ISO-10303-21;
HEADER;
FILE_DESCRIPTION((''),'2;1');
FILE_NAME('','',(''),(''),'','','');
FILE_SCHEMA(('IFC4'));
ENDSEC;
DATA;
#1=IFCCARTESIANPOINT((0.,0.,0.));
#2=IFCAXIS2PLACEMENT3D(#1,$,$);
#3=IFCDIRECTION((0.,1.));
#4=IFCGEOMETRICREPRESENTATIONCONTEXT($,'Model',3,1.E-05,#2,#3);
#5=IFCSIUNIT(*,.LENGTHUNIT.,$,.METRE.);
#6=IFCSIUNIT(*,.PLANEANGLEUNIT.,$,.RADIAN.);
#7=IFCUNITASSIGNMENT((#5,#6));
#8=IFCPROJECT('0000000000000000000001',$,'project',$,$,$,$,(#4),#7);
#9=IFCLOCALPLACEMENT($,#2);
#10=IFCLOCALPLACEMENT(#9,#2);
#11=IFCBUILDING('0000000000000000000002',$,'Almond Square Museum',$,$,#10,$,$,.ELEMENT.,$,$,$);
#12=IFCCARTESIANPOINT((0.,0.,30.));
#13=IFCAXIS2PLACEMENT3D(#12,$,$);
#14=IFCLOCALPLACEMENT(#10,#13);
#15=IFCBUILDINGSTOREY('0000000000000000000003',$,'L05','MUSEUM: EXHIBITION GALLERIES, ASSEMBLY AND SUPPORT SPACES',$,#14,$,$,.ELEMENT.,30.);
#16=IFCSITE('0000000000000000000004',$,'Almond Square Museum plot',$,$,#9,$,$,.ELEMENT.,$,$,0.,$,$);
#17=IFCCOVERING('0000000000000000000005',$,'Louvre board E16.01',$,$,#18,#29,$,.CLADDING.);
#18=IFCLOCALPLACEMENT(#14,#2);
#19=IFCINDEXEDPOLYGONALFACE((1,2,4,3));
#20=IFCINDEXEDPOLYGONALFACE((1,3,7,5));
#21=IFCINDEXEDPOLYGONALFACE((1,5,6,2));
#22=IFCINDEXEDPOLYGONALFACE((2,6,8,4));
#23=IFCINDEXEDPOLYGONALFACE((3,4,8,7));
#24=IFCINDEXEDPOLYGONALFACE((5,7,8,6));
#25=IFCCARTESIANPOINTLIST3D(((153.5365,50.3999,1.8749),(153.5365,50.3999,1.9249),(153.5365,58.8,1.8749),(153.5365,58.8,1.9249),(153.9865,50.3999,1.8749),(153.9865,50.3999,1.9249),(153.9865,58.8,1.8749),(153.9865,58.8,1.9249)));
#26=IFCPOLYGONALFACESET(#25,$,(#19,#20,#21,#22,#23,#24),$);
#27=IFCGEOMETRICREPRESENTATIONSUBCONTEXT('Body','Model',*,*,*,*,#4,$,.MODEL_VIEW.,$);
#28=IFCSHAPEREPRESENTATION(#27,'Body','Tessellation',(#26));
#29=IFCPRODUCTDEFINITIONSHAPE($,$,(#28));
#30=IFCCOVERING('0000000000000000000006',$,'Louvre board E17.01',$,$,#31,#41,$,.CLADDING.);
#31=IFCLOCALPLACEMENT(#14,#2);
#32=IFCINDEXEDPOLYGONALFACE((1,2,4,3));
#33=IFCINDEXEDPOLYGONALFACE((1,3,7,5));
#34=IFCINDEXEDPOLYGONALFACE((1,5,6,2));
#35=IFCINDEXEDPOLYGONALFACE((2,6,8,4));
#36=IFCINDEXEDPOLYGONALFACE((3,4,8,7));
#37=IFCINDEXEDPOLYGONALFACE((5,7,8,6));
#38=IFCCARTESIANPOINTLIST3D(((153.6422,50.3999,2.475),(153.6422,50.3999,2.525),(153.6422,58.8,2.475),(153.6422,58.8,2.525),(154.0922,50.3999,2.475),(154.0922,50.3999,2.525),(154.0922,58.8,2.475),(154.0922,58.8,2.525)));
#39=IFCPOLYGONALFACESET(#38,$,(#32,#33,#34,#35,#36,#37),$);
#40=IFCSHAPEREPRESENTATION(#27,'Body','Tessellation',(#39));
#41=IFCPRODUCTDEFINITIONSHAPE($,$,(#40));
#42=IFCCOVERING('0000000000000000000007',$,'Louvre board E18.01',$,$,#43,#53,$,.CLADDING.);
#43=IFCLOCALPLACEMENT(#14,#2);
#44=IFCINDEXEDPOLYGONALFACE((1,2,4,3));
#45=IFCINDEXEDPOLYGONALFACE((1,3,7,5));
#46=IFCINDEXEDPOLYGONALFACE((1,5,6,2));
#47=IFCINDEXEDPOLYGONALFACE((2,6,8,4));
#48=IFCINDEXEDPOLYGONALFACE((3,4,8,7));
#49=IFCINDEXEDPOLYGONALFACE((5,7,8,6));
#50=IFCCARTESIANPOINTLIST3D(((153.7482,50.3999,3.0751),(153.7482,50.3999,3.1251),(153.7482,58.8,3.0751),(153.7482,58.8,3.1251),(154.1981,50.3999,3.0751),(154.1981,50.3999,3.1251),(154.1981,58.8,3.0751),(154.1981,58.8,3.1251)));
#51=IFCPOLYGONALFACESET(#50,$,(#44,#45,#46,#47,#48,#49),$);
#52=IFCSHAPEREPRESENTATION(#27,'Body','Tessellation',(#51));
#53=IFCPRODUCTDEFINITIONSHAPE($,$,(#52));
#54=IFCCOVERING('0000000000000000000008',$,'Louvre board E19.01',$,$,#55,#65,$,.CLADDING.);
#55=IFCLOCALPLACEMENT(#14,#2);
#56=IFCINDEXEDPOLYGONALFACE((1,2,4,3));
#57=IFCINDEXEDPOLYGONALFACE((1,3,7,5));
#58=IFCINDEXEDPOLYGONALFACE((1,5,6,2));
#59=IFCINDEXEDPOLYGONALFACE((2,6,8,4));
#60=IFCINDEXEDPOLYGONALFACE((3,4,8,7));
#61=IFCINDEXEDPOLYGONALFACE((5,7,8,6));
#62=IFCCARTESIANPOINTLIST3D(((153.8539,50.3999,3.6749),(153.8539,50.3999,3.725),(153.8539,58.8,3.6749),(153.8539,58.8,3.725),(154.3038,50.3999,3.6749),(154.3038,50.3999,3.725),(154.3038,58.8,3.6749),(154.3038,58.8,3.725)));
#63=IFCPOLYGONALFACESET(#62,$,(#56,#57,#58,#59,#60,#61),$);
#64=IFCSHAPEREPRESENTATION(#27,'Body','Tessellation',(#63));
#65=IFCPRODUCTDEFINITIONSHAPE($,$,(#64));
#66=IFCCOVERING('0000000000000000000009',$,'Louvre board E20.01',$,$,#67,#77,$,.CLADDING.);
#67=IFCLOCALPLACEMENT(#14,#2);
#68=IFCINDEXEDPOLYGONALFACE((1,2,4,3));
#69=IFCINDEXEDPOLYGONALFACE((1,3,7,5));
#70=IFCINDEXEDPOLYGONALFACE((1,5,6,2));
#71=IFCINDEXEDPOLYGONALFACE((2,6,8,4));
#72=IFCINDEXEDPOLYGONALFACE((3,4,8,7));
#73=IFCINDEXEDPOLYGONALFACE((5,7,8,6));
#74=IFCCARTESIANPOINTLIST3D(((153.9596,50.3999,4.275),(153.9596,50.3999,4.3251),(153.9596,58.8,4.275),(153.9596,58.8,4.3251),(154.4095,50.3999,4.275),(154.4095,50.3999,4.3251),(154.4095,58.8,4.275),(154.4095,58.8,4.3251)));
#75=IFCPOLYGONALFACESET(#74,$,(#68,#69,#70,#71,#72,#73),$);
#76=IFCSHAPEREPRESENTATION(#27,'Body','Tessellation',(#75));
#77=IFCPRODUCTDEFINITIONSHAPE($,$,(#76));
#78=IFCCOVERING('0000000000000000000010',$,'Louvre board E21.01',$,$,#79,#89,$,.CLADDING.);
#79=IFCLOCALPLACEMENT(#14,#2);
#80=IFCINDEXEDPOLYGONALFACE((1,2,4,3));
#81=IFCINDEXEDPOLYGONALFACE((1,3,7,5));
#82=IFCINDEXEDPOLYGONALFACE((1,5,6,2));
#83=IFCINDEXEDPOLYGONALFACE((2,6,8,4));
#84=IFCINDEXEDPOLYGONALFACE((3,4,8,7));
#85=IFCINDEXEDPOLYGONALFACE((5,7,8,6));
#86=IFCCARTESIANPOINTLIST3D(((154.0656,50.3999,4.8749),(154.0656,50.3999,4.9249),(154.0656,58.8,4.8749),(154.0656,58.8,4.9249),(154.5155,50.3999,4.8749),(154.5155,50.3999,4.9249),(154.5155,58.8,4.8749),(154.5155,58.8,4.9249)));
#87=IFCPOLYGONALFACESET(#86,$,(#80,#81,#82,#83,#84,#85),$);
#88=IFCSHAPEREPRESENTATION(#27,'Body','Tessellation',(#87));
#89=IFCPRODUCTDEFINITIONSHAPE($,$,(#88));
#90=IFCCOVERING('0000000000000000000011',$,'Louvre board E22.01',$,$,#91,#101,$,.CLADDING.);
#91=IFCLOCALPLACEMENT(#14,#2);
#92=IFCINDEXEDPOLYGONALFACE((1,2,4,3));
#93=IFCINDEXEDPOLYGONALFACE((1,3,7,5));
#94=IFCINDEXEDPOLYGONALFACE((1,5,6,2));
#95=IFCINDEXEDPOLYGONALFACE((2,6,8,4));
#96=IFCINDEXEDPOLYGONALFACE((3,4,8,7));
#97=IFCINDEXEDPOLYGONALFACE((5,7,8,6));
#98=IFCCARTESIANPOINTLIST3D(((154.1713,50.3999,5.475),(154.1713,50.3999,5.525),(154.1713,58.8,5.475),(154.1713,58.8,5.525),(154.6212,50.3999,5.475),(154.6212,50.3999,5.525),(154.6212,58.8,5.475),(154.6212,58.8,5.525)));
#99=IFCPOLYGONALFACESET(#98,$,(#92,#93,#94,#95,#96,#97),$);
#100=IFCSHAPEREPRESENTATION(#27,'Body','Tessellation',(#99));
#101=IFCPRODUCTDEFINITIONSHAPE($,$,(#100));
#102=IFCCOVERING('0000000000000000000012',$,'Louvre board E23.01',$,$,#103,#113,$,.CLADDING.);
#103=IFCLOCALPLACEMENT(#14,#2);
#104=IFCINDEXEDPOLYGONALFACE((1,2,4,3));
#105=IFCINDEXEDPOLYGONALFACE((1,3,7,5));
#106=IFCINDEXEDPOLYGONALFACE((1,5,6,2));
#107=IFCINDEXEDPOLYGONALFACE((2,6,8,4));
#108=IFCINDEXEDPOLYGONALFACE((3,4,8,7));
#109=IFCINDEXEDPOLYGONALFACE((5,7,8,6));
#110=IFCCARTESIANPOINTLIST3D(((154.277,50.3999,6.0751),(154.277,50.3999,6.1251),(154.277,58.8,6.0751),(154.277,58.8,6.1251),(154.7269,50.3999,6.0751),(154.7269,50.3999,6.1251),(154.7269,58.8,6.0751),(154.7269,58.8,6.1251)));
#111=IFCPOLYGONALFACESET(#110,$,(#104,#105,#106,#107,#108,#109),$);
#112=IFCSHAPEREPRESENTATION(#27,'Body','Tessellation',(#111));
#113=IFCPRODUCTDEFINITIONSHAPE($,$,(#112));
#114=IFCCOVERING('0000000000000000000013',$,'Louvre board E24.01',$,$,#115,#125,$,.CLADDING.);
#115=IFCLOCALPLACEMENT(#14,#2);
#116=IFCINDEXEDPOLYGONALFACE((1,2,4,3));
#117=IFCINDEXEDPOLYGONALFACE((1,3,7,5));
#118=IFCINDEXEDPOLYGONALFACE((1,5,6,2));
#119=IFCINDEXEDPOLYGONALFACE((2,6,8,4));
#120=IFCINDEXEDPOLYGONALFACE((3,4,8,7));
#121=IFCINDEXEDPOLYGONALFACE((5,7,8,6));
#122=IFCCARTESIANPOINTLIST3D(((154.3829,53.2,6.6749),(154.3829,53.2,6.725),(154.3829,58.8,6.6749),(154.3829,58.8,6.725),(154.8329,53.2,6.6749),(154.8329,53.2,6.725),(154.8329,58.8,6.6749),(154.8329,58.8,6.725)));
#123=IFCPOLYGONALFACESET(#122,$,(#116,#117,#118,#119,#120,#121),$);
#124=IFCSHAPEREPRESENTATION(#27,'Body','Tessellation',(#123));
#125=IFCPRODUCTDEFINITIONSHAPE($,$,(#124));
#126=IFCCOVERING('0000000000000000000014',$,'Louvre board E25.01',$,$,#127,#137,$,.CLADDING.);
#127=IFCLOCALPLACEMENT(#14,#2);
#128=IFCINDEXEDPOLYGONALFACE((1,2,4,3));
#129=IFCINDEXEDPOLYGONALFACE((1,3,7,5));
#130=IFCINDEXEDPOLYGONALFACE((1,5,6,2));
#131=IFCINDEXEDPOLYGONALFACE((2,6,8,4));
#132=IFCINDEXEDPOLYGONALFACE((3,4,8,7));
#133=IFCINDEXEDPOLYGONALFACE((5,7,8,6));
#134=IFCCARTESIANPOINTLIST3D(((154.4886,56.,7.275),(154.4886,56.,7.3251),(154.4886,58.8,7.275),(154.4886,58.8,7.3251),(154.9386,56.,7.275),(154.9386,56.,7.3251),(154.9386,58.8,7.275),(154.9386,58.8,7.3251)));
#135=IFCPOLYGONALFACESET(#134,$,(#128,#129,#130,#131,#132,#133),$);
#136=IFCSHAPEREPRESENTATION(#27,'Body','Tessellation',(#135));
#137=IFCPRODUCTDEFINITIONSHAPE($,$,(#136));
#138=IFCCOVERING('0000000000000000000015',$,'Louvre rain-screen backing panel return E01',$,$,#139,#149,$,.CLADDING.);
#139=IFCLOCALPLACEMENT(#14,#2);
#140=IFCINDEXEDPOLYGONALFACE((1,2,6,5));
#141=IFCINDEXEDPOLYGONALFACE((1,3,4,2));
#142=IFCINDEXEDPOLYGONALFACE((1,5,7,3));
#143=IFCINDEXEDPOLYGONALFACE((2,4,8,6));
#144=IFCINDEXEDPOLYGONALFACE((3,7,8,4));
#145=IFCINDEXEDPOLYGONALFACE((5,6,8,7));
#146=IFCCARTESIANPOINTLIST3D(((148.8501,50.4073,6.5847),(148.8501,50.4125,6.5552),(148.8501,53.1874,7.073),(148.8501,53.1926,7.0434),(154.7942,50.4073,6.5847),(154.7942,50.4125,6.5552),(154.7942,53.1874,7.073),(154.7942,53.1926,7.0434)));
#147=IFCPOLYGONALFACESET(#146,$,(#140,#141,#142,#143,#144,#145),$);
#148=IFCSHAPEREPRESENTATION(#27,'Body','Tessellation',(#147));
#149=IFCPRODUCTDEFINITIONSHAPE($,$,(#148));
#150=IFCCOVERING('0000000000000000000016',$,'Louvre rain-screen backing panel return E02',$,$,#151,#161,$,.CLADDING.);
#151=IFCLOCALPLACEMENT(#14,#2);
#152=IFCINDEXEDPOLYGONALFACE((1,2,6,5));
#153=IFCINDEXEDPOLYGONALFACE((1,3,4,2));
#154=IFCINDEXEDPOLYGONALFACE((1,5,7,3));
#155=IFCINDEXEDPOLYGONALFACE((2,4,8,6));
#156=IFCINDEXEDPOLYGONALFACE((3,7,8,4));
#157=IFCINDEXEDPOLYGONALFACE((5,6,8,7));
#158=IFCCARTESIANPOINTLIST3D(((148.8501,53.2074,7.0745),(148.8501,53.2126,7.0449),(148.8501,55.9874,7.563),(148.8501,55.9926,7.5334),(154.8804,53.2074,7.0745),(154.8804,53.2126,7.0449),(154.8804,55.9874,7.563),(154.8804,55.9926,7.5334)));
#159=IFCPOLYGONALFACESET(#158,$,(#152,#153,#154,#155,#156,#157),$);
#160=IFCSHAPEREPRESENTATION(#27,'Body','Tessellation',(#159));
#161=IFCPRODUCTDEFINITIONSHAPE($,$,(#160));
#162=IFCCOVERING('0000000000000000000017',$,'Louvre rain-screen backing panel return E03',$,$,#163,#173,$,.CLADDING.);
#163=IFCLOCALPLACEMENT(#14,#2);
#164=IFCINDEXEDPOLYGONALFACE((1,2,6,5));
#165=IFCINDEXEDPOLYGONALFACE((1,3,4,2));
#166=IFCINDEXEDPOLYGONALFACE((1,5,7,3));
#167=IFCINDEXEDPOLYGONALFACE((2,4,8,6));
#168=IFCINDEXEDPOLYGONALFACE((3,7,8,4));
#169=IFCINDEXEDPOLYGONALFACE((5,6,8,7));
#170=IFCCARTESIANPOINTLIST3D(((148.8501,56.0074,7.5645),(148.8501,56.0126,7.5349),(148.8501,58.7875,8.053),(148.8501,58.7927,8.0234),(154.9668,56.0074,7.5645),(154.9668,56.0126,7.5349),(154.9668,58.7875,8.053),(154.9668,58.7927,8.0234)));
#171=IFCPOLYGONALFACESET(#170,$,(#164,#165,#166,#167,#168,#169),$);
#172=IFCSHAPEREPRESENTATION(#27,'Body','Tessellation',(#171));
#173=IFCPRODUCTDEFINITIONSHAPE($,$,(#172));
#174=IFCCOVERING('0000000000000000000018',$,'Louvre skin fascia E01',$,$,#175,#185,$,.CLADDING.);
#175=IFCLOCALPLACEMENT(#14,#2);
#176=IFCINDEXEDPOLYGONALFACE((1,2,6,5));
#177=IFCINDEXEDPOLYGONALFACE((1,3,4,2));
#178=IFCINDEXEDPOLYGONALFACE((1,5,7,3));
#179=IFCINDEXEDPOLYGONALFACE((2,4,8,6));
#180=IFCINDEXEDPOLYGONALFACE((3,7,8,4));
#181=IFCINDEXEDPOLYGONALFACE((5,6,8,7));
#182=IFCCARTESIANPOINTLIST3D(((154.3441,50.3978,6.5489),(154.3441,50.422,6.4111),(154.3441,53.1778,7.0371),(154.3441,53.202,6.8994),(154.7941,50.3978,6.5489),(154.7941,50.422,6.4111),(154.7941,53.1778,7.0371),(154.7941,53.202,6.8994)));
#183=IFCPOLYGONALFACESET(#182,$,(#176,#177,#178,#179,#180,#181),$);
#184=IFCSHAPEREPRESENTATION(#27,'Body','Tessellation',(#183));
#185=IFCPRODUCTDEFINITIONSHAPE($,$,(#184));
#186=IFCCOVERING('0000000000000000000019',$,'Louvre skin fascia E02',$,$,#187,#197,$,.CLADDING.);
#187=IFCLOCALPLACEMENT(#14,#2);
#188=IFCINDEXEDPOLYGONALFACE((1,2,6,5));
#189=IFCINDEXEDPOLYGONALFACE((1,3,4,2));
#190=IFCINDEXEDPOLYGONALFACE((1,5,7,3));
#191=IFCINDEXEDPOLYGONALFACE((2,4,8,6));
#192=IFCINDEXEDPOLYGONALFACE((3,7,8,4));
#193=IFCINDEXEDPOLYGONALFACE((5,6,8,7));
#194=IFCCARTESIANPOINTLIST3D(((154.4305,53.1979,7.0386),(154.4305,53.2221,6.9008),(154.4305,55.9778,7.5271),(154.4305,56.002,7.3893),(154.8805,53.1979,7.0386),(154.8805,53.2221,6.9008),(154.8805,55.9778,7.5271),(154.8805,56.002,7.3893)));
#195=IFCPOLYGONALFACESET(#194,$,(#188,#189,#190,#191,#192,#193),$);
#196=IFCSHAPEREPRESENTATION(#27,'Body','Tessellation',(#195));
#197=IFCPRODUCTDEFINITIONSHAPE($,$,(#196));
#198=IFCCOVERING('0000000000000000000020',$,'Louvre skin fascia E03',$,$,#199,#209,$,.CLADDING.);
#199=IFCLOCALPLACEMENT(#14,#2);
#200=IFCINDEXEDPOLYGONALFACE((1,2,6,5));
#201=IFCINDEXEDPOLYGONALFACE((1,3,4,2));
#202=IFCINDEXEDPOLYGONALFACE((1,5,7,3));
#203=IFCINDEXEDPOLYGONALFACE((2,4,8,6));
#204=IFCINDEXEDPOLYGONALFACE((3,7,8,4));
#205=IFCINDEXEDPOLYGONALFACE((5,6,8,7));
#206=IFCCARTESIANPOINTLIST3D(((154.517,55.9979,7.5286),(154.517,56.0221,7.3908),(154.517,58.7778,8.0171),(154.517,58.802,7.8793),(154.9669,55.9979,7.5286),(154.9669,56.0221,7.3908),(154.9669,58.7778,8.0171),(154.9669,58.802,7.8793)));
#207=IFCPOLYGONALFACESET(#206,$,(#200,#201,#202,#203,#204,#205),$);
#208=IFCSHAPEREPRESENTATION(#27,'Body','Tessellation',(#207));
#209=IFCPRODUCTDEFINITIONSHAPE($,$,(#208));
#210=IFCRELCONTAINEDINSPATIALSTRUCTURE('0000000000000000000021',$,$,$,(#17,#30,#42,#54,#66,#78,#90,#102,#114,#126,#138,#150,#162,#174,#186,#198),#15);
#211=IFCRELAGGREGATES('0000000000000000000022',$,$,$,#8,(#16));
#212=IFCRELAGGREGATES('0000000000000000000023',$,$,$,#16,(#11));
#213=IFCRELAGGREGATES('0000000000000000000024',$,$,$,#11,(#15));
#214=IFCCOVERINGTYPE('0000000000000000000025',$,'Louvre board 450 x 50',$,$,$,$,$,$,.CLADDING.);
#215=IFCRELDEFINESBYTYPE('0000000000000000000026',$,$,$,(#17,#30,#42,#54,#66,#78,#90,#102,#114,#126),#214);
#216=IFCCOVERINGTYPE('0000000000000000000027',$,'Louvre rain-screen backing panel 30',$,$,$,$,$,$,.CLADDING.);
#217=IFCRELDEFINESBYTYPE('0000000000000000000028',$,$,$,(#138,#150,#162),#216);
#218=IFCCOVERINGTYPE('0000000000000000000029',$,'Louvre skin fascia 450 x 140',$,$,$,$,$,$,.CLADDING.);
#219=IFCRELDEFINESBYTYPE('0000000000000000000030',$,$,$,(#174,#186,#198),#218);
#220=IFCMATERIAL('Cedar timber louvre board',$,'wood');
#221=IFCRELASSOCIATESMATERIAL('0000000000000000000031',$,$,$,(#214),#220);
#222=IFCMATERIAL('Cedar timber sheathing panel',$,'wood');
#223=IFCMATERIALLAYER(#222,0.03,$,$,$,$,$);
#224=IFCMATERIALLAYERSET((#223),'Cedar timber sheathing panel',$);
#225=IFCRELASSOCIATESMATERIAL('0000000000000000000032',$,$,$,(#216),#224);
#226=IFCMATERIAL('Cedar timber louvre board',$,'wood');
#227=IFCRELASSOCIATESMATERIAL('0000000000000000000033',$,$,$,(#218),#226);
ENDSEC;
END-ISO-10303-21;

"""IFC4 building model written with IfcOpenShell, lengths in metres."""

from ifc_helpers import new_model, si_unit, direction, frame, origin, origin_2d, place, context, subcontext, project, spatial, polyline, rectangle, outline, extrude, material, layer, layer_set, material_profile, profile_set, type_object, element, save


model = new_model("IFC4")

# Units and contexts
model_context = context("Model", 3, precision=1e-05, world=origin(), true_north=direction((0.0, 1.0)))
body_context = subcontext(model_context, "Body", "Model", "MODEL_VIEW")
ifc_project = project(units=[si_unit("LENGTHUNIT", "METRE"), si_unit("PLANEANGLEUNIT", "RADIAN")], contexts=[model_context])

# Site, building, storey
site_placement = place(None, origin())
site = spatial("IfcSite", under=ifc_project, at=site_placement, Name="Almond Square Museum plot", CompositionType="ELEMENT", RefElevation=0.0)
building_placement = place(site_placement, origin())
building = spatial("IfcBuilding", under=site, at=building_placement, Name="Almond Square Museum", CompositionType="ELEMENT")
storey_placement = place(building_placement, frame((0.0, 0.0, 30.0)))
storey = spatial("IfcBuildingStorey", under=building, at=storey_placement, Name="L05", Description="MUSEUM: EXHIBITION GALLERIES, ASSEMBLY AND SUPPORT SPACES", CompositionType="ELEMENT", Elevation=30.0)

# Coverings
ifc_material_1 = material(Name="Cedar timber louvre board", Category="wood")
ifc_material_profile_1 = material_profile(ifc_material_1, rectangle(XDim=0.45, YDim=0.05, at=origin_2d()))
ifc_profile_set_1 = profile_set([ifc_material_profile_1], Name="Cedar timber louvre board")
covering_type_1 = type_object("IfcCoveringType", Name="Louvre board 450 x 50", PredefinedType="CLADDING", material=ifc_profile_set_1)
for number, where, z_axis, x_axis, name in (
    (1, (153.7615, 50.3999, 1.8999), (0.0, 1.0, 0.0), (-1.0, 0.0, 0.0), "Louvre board E16.01"),
    (2, (153.8672, 50.3999, 2.5), (0.0, 1.0, 0.0), (-1.0, 0.0, 0.0), "Louvre board E17.01"),
    (3, (153.9731, 50.3999, 3.1001), (0.0, 1.0, 0.0), (-1.0, 0.0, 0.0), "Louvre board E18.01"),
    (4, (154.0789, 50.3999, 3.7), (0.0, 1.0, 0.0), (-1.0, 0.0, 0.0), "Louvre board E19.01"),
    (5, (154.1846, 50.3999, 4.3), (0.0, 1.0, 0.0), (-1.0, 0.0, 0.0), "Louvre board E20.01"),
    (6, (154.2905, 50.3999, 4.8999), (0.0, 1.0, 0.0), (-1.0, 0.0, 0.0), "Louvre board E21.01"),
    (7, (154.3962, 50.3999, 5.5), (0.0, 1.0, 0.0), (-1.0, 0.0, 0.0), "Louvre board E22.01"),
    (8, (154.502, 50.3999, 6.1001), (0.0, 1.0, 0.0), (-1.0, 0.0, 0.0), "Louvre board E23.01"),
):
    element("IfcCovering", number, at=place(storey_placement, frame(where, z_axis=z_axis, x_axis=x_axis)), inside=storey, type_object=covering_type_1, Name=name, PredefinedType="CLADDING", context=body_context, shape_type="SweptSolid", body=[
        extrude(rectangle(XDim=0.45, YDim=0.05, at=origin_2d()), origin(), (0.0, 0.0, 1.0), 8.4001),
    ])
covering_1_placement = place(storey_placement, frame((154.6079, 53.2, 6.7), z_axis=(0.0, 1.0, 0.0), x_axis=(-1.0, 0.0, 0.0)))
element("IfcCovering", 9, at=covering_1_placement, inside=storey, type_object=covering_type_1, Name="Louvre board E24.01", PredefinedType="CLADDING", context=body_context, shape_type="SweptSolid", body=[
    extrude(rectangle(XDim=0.45, YDim=0.05, at=origin_2d()), origin(), (0.0, 0.0, 1.0), 5.6001),
])
covering_2_placement = place(storey_placement, frame((154.7136, 56.0, 7.3), z_axis=(0.0, 1.0, 0.0), x_axis=(-1.0, 0.0, 0.0)))
element("IfcCovering", 10, at=covering_2_placement, inside=storey, type_object=covering_type_1, Name="Louvre board E25.01", PredefinedType="CLADDING", context=body_context, shape_type="SweptSolid", body=[
    extrude(rectangle(XDim=0.45, YDim=0.05, at=origin_2d()), origin(), (0.0, 0.0, 1.0), 2.8),
])
ifc_material_2 = material(Name="Cedar timber sheathing panel", Category="wood")
ifc_layer = layer(ifc_material_2, 0.03)
ifc_layer_set = layer_set([ifc_layer], Name="Cedar timber sheathing panel")
covering_type_2 = type_object("IfcCoveringType", Name="Louvre rain-screen backing panel 30", PredefinedType="CLADDING", material=ifc_layer_set)
covering_3_placement = place(storey_placement, frame((148.8501, 50.4099, 6.5701), z_axis=(0.0, -0.172991, 0.984923), x_axis=(1.0, 0.0, 0.0)))
element("IfcCovering", 11, at=covering_3_placement, inside=storey, type_object=covering_type_2, Name="Louvre rain-screen backing panel return E01", PredefinedType="CLADDING", context=body_context, shape_type="SweptSolid", body=[
    extrude(outline(polyline([(0.0, 0.0), (5.9441, 0.0), (5.9441, 2.8226), (0.0, 2.8226), (0.0, 0.0)])), frame((0.0, 0.0, -0.0151)), (0.0, 0.0, 1.0), 0.03),
])
covering_4_placement = place(storey_placement, frame((148.8501, 53.21, 7.0598), z_axis=(0.0, -0.173075, 0.984909), x_axis=(1.0, 0.0, 0.0)))
element("IfcCovering", 12, at=covering_4_placement, inside=storey, type_object=covering_type_2, Name="Louvre rain-screen backing panel return E02", PredefinedType="CLADDING", context=body_context, shape_type="SweptSolid", body=[
    extrude(outline(polyline([(0.0, 0.0), (6.0303, 0.0), (6.0303, 2.8226), (0.0, 2.8226), (0.0, 0.0)])), frame((0.0, 0.0, -0.0151)), (0.0, 0.0, 1.0), 0.03),
])
covering_5_placement = place(storey_placement, frame((148.8501, 56.01, 7.5498), z_axis=(0.0, -0.173075, 0.984909), x_axis=(1.0, 0.0, 0.0)))
element("IfcCovering", 13, at=covering_5_placement, inside=storey, type_object=covering_type_2, Name="Louvre rain-screen backing panel return E03", PredefinedType="CLADDING", context=body_context, shape_type="SweptSolid", body=[
    extrude(outline(polyline([(0.0, 0.0), (6.1167, 0.0), (6.1167, 2.8226), (0.0, 2.8226), (0.0, 0.0)])), frame((0.0, 0.0, -0.0151)), (0.0, 0.0, 1.0), 0.03),
])
ifc_material_3 = material(Name="Cedar timber louvre board", Category="wood")
ifc_material_profile_2 = material_profile(ifc_material_3, rectangle(XDim=0.45, YDim=0.1399, at=origin_2d()))
ifc_profile_set_2 = profile_set([ifc_material_profile_2], Name="Cedar timber louvre board")
covering_type_3 = type_object("IfcCoveringType", Name="Louvre skin fascia 450 x 140", PredefinedType="CLADDING", material=ifc_profile_set_2)
for number, where, z_axis, x_axis, name in (
    (14, (154.5691, 50.4099, 6.48), (0.0, 0.984923, 0.172991), (-1.0, 0.0, 0.0), "Louvre skin fascia E01"),
    (15, (154.6555, 53.21, 6.9697), (0.0, 0.984909, 0.173075), (-1.0, 0.0, 0.0), "Louvre skin fascia E02"),
    (16, (154.7419, 56.01, 7.4597), (0.0, 0.984909, 0.173075), (-1.0, 0.0, 0.0), "Louvre skin fascia E03"),
):
    element("IfcCovering", number, at=place(storey_placement, frame(where, z_axis=z_axis, x_axis=x_axis)), inside=storey, type_object=covering_type_3, Name=name, PredefinedType="CLADDING", context=body_context, shape_type="SweptSolid", body=[
        extrude(rectangle(XDim=0.45, YDim=0.1399, at=origin_2d()), origin(), (0.0, 0.0, 1.0), 2.8225),
    ])

save(model, "model.ifc")
